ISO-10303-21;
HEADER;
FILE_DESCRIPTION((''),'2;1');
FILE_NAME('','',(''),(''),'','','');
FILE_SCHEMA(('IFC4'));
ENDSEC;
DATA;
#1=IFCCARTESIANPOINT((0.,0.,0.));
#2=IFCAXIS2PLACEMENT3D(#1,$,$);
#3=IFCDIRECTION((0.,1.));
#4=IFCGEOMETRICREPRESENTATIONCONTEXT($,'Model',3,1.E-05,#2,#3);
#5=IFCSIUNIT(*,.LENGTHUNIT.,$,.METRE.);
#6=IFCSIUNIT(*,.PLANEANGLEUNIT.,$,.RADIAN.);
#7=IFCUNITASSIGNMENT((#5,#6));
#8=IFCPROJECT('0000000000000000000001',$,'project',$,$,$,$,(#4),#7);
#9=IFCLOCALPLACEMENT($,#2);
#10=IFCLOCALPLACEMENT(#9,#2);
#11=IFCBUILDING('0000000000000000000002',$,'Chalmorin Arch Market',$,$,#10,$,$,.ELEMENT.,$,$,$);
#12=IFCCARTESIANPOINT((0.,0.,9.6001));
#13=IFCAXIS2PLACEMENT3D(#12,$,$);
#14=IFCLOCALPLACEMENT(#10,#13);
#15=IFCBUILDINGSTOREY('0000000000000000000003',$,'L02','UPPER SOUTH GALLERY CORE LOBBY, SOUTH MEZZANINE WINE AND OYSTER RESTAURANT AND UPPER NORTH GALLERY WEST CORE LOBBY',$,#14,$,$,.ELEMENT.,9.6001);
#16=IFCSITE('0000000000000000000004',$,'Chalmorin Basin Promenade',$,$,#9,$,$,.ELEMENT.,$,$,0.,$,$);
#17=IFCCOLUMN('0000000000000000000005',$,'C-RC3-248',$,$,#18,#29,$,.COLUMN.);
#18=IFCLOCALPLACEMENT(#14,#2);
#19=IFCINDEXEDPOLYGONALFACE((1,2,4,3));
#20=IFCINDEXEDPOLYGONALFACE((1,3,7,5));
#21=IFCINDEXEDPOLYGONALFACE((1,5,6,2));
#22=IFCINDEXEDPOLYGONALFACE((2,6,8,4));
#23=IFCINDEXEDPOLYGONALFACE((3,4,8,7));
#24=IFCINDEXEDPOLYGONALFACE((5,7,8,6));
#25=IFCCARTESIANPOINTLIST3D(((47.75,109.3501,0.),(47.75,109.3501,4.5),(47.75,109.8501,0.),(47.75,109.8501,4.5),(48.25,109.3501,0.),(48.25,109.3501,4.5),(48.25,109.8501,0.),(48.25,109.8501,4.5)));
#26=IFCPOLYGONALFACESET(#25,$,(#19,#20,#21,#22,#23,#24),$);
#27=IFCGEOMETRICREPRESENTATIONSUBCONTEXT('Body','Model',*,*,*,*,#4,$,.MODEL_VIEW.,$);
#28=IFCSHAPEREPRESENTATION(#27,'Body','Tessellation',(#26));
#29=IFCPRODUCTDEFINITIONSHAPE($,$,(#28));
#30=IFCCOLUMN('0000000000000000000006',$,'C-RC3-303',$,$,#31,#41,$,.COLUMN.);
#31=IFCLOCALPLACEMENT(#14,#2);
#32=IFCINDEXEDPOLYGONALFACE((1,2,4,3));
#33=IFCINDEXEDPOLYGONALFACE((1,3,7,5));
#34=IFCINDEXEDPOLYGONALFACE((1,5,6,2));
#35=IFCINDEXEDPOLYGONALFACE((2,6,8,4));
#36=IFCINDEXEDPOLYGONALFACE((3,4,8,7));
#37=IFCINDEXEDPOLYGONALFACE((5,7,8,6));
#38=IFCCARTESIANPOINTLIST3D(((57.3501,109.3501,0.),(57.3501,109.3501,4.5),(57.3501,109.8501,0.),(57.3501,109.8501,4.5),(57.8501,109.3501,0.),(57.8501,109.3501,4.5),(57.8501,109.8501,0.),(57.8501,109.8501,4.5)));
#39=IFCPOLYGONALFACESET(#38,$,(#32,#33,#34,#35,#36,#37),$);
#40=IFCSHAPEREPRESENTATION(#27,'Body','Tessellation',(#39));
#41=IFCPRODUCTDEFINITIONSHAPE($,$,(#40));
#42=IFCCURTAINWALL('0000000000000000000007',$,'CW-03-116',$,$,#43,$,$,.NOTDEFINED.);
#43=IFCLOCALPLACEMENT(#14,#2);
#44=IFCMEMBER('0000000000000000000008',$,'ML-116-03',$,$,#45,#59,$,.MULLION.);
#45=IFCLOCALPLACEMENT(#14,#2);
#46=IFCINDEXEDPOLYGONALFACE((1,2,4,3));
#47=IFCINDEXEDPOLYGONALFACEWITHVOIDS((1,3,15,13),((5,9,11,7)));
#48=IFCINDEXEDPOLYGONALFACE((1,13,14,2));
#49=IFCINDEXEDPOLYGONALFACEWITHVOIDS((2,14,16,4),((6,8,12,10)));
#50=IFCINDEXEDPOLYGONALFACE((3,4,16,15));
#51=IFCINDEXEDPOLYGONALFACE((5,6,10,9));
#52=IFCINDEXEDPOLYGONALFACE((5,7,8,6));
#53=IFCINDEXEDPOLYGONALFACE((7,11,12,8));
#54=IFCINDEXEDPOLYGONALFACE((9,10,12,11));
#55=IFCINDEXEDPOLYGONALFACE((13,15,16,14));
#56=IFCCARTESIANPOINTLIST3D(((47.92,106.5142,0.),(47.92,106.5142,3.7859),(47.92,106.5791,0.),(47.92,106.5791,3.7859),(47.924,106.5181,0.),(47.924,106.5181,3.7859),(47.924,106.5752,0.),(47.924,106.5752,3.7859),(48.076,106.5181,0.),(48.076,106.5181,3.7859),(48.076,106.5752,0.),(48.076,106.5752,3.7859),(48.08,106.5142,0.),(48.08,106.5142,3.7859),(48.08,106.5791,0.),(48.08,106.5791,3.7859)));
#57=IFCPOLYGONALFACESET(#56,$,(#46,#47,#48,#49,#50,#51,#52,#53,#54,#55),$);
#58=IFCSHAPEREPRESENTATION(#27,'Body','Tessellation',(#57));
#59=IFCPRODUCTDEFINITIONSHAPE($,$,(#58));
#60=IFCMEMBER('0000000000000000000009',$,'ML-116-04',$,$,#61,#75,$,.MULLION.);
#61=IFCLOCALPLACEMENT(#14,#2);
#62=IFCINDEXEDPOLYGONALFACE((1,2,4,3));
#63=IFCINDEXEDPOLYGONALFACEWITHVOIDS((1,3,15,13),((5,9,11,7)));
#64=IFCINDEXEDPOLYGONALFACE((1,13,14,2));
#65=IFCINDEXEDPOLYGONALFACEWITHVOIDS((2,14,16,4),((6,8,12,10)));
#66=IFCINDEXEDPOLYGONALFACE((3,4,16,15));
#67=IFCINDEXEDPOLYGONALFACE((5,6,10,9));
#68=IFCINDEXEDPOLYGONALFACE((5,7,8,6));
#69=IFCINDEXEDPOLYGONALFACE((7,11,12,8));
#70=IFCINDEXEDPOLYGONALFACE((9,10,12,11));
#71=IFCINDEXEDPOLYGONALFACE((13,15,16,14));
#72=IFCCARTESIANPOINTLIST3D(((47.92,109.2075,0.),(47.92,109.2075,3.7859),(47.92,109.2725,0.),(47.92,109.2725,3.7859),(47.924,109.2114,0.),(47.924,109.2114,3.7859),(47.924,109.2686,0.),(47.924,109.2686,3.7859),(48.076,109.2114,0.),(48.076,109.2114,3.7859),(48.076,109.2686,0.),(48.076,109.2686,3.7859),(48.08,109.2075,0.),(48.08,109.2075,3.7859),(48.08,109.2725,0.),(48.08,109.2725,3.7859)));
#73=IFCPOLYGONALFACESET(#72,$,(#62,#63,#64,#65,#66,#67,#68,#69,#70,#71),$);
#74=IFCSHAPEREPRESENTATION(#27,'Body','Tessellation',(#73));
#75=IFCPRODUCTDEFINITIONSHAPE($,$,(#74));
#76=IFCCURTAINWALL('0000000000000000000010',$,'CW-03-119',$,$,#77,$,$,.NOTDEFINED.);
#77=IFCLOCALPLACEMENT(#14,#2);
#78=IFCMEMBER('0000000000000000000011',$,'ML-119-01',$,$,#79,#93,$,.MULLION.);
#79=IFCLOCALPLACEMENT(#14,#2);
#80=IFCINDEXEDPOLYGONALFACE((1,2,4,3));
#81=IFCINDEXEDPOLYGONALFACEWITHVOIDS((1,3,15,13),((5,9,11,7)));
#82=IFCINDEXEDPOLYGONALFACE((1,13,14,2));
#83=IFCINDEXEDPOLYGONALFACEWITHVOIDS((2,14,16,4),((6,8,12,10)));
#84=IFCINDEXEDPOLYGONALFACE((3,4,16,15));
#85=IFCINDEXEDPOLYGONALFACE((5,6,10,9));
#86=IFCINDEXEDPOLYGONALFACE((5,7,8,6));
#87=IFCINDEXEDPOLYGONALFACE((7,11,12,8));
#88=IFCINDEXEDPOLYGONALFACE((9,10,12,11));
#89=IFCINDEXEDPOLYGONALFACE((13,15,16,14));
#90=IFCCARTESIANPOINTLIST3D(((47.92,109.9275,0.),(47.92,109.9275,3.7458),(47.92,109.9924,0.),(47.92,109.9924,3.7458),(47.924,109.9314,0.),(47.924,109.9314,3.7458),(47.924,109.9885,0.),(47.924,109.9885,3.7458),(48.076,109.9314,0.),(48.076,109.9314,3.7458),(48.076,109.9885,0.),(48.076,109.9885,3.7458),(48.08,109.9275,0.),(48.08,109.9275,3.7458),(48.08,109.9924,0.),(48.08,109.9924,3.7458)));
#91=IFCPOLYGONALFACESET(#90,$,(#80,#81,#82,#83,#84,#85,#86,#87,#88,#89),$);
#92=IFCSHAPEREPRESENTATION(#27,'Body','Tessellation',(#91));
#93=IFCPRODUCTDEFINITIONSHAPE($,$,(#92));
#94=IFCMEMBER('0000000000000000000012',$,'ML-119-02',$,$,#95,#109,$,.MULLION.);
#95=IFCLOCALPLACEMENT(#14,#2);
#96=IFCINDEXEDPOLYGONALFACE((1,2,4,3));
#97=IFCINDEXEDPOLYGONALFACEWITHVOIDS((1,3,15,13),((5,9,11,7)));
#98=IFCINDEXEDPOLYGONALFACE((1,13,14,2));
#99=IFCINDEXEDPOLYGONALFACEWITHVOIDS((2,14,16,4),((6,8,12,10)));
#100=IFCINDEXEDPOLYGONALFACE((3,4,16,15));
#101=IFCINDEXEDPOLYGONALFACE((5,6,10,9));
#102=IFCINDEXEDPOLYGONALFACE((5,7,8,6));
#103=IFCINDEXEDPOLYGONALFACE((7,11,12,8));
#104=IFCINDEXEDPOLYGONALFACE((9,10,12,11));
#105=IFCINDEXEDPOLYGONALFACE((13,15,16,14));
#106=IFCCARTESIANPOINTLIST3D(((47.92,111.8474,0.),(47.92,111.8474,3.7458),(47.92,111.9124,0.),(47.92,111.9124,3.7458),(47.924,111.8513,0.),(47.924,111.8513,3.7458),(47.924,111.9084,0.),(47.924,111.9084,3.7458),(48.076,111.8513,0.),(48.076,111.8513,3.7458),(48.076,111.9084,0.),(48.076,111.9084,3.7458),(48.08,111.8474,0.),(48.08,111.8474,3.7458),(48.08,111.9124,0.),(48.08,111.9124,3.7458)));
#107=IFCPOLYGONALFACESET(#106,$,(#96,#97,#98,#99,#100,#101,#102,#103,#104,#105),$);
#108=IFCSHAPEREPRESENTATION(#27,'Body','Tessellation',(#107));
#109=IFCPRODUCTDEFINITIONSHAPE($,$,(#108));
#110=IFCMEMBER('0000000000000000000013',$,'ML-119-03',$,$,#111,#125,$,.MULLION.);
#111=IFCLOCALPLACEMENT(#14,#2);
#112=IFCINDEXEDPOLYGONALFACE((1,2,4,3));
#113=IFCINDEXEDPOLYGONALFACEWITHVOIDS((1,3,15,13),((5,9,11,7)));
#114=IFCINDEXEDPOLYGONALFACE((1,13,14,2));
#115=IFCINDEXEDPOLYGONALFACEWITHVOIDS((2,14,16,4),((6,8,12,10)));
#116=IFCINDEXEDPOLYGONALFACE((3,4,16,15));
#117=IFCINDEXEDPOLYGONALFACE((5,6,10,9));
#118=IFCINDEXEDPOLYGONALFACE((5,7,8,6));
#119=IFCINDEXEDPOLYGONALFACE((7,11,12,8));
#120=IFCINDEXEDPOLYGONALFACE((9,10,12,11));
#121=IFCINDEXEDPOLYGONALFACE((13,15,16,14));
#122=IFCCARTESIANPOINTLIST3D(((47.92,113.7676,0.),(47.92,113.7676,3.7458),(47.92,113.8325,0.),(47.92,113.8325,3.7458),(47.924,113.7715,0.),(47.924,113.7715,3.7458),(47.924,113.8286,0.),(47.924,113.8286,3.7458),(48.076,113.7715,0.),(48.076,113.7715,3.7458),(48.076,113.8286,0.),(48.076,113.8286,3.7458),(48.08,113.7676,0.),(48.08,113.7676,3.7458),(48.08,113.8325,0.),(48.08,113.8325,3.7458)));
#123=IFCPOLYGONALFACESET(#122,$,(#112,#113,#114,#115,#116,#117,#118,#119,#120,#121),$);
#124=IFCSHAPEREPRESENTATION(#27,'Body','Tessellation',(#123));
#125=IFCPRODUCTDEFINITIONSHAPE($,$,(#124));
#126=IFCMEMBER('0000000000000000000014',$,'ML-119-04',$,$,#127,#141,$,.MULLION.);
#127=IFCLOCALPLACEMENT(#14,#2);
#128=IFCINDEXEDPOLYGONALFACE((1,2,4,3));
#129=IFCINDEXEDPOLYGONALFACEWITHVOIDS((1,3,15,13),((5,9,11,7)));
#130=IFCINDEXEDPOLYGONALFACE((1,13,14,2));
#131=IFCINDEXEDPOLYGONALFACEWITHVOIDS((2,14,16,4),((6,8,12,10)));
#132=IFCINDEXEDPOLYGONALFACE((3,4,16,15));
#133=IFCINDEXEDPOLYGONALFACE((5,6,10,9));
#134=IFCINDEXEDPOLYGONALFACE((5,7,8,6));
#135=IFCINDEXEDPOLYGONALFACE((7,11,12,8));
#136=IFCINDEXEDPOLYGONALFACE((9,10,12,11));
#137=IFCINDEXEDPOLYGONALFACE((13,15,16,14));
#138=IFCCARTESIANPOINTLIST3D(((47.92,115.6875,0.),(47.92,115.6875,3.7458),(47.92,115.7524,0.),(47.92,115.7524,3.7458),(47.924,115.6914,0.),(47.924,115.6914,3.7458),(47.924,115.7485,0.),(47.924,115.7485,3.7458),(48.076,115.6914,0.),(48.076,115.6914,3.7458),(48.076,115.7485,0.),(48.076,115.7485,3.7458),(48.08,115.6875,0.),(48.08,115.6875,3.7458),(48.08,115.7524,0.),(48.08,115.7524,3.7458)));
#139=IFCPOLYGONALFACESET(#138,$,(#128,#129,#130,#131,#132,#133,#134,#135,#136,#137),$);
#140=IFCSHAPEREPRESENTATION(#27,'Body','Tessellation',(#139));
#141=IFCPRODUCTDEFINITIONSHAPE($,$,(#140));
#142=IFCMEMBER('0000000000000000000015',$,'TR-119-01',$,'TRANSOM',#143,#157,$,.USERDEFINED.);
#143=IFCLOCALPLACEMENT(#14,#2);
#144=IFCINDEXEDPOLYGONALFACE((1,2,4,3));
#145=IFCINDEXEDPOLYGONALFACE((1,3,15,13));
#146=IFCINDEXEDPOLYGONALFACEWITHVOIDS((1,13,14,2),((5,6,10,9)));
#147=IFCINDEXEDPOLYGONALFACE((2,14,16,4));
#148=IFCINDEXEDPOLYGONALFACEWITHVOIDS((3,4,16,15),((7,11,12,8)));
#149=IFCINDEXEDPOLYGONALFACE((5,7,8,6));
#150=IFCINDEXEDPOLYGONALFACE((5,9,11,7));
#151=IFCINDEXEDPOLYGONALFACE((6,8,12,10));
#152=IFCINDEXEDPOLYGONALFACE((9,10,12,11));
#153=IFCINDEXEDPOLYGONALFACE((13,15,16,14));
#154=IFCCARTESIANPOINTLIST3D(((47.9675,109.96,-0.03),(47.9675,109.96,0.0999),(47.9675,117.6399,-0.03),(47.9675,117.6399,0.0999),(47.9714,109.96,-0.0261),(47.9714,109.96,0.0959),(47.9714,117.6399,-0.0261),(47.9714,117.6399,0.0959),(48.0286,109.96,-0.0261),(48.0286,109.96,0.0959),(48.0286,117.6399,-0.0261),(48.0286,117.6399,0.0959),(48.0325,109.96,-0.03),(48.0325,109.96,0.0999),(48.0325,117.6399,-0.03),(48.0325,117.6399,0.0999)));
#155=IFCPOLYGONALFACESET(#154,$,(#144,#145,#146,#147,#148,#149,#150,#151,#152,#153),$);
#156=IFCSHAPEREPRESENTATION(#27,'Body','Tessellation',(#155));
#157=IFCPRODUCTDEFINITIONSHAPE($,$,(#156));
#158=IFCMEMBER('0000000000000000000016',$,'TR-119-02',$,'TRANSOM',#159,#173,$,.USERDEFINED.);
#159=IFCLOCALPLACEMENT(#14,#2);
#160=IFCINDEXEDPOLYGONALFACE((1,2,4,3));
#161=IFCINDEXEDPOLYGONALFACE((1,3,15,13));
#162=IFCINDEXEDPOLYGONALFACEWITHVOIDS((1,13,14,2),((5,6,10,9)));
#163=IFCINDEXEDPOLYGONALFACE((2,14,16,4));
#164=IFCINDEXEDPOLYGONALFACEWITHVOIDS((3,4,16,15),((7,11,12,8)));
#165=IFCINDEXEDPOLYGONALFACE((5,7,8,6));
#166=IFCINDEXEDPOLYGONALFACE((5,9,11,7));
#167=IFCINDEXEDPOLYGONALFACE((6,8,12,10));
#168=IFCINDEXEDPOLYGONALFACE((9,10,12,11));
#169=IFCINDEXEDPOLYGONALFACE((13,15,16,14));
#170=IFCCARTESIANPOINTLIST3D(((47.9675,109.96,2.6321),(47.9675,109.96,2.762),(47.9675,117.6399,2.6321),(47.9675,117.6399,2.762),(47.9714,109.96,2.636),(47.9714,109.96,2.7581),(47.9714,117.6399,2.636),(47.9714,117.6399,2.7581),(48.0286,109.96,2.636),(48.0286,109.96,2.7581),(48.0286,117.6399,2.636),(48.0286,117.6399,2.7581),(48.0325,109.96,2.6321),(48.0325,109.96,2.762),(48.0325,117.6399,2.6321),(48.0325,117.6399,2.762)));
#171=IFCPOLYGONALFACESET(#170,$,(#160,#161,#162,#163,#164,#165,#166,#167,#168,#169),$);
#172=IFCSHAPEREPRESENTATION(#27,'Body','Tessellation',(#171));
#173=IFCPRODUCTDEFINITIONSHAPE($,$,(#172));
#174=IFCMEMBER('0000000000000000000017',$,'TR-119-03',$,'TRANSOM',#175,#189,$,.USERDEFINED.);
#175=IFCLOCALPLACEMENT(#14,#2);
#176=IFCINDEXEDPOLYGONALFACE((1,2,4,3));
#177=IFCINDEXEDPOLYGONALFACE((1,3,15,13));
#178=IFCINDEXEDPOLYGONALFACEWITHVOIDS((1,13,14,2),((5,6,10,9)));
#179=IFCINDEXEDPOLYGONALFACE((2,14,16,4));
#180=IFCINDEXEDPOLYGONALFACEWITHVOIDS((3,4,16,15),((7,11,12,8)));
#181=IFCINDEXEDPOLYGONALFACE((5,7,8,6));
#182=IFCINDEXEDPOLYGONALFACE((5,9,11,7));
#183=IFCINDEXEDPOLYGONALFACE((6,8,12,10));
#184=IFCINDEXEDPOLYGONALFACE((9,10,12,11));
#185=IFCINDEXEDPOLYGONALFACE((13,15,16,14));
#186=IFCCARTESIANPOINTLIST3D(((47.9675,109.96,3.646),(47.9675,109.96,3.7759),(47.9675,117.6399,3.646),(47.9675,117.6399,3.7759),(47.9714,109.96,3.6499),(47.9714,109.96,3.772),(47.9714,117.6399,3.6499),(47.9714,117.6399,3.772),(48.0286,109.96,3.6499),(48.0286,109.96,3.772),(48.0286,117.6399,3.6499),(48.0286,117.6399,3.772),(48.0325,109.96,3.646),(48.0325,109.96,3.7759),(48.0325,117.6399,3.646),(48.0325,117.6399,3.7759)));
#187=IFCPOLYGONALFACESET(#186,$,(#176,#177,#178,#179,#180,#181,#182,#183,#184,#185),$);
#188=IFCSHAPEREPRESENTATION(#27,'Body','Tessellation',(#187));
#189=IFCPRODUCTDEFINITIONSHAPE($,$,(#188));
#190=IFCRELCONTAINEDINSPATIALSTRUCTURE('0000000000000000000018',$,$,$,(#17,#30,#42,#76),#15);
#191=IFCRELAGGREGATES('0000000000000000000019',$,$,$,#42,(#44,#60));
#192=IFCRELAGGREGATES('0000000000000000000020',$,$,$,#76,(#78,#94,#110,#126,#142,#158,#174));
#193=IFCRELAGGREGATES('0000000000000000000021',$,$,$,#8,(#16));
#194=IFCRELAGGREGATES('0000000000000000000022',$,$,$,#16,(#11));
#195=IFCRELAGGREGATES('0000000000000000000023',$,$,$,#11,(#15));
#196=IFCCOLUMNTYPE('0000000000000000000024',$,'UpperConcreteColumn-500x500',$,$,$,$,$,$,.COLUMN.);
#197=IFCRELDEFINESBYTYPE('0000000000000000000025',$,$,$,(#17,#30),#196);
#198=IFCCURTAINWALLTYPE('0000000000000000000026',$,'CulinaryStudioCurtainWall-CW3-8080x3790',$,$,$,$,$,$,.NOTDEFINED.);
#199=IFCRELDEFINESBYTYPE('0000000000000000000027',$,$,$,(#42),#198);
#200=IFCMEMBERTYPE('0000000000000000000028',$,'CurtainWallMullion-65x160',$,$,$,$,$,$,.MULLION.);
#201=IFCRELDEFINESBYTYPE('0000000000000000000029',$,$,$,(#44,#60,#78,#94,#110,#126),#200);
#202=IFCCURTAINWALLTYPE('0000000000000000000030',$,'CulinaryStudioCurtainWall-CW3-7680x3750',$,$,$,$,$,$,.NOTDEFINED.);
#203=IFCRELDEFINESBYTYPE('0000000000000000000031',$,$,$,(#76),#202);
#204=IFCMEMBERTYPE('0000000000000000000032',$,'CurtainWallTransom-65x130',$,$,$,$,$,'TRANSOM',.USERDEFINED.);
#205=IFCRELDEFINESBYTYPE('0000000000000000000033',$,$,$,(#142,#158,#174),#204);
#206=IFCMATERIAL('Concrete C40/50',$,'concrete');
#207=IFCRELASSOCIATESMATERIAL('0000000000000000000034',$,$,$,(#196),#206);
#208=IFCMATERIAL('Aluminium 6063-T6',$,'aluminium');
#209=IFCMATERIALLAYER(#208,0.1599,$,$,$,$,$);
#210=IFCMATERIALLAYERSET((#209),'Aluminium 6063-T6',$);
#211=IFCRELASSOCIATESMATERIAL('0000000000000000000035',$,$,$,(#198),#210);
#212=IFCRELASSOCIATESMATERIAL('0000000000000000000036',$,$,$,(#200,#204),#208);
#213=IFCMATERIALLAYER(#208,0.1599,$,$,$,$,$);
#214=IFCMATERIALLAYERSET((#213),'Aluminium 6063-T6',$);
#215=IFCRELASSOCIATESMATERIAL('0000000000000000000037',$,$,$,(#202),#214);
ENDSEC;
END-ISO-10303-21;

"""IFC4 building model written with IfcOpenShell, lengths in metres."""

from ifc_helpers import new_model, si_unit, direction, frame, origin, origin_2d, place, context, subcontext, project, spatial, rectangle, hollow_rectangle, extrude, material, layer, layer_set, material_profile, profile_set, type_object, element, aggregate, save


model = new_model("IFC4")

# Units and contexts
model_context = context("Model", 3, precision=1e-05, world=origin(), true_north=direction((0.0, 1.0)))
body_context = subcontext(model_context, "Body", "Model", "MODEL_VIEW")
ifc_project = project(units=[si_unit("LENGTHUNIT", "METRE"), si_unit("PLANEANGLEUNIT", "RADIAN")], contexts=[model_context])

# Site, building, storey
site_placement = place(None, origin())
site = spatial("IfcSite", under=ifc_project, at=site_placement, Name="Chalmorin Basin Promenade", CompositionType="ELEMENT", RefElevation=0.0)
building_placement = place(site_placement, origin())
building = spatial("IfcBuilding", under=site, at=building_placement, Name="Chalmorin Arch Market", CompositionType="ELEMENT")
storey_placement = place(building_placement, frame((0.0, 0.0, 9.6001)))
storey = spatial("IfcBuildingStorey", under=building, at=storey_placement, Name="L02", Description="UPPER SOUTH GALLERY CORE LOBBY, SOUTH MEZZANINE WINE AND OYSTER RESTAURANT AND UPPER NORTH GALLERY WEST CORE LOBBY", CompositionType="ELEMENT", Elevation=9.6001)

# Columns
ifc_material_1 = material(Name="Concrete C40/50", Category="concrete")
ifc_material_profile_1 = material_profile(ifc_material_1, rectangle(XDim=0.5, YDim=0.5, at=origin_2d()), Name="RC500X500")
ifc_profile_set_1 = profile_set([ifc_material_profile_1], Name="Concrete C40/50")
column_type = type_object("IfcColumnType", Name="UpperConcreteColumn-500x500", PredefinedType="COLUMN", material=ifc_profile_set_1)
for number, where, z_axis, x_axis, name in (
    (1, (48.0, 109.6001, 0.0), (0.0, 0.0, 1.0), (1.0, 0.0, 0.0), "C-RC3-248"),
    (2, (57.6001, 109.6001, 0.0), (0.0, 0.0, 1.0), (1.0, 0.0, 0.0), "C-RC3-303"),
):
    element("IfcColumn", number, at=place(storey_placement, frame(where, z_axis=z_axis, x_axis=x_axis)), inside=storey, type_object=column_type, Name=name, PredefinedType="COLUMN", context=body_context, shape_type="SweptSolid", body=[
        extrude(rectangle(XDim=0.5, YDim=0.5, at=origin_2d()), origin(), (0.0, 0.0, 1.0), 4.5),
    ])

# Curtain walls, members
ifc_material_2 = material(Name="Aluminium 6063-T6", Category="aluminium")
ifc_layer_1 = layer(ifc_material_2, 0.1599)
ifc_layer_set_1 = layer_set([ifc_layer_1], Name="Aluminium 6063-T6")
curtain_wall_type_1 = type_object("IfcCurtainWallType", Name="CulinaryStudioCurtainWall-CW3-8080x3790", PredefinedType="NOTDEFINED", material=ifc_layer_set_1)
curtain_wall_1_placement = place(storey_placement, origin())
curtain_wall_1 = element("IfcCurtainWall", 3, at=curtain_wall_1_placement, inside=storey, type_object=curtain_wall_type_1, Name="CW-03-116", PredefinedType="NOTDEFINED")
ifc_material_profile_2 = material_profile(ifc_material_2, hollow_rectangle(XDim=0.0649, YDim=0.1599, WallThickness=0.0039, at=origin_2d()), Name="ALU65X160X4")
ifc_profile_set_2 = profile_set([ifc_material_profile_2], Name="Aluminium 6063-T6")
member_type_1 = type_object("IfcMemberType", Name="CurtainWallMullion-65x160", PredefinedType="MULLION", material=ifc_profile_set_2)
member_1_placement = place(storey_placement, frame((48.0, 106.5466, 0.0), z_axis=(0.0, 0.0, 1.0), x_axis=(0.0, 1.0, 0.0)))
member_1 = element("IfcMember", 4, at=member_1_placement, type_object=member_type_1, Name="ML-116-03", PredefinedType="MULLION", context=body_context, shape_type="SweptSolid", body=[
    extrude(hollow_rectangle(XDim=0.0649, YDim=0.1599, WallThickness=0.0039, at=origin_2d()), origin(), (0.0, 0.0, 1.0), 3.7859),
])
member_2_placement = place(storey_placement, frame((48.0, 109.24, 0.0), z_axis=(0.0, 0.0, 1.0), x_axis=(0.0, 1.0, 0.0)))
member_2 = element("IfcMember", 5, at=member_2_placement, type_object=member_type_1, Name="ML-116-04", PredefinedType="MULLION", context=body_context, shape_type="SweptSolid", body=[
    extrude(hollow_rectangle(XDim=0.0649, YDim=0.1599, WallThickness=0.0039, at=origin_2d()), origin(), (0.0, 0.0, 1.0), 3.7859),
])
ifc_layer_2 = layer(ifc_material_2, 0.1599)
ifc_layer_set_2 = layer_set([ifc_layer_2], Name="Aluminium 6063-T6")
curtain_wall_type_2 = type_object("IfcCurtainWallType", Name="CulinaryStudioCurtainWall-CW3-7680x3750", PredefinedType="NOTDEFINED", material=ifc_layer_set_2)
curtain_wall_2_placement = place(storey_placement, origin())
curtain_wall_2 = element("IfcCurtainWall", 6, at=curtain_wall_2_placement, inside=storey, type_object=curtain_wall_type_2, Name="CW-03-119", PredefinedType="NOTDEFINED")
member_3_placement = place(storey_placement, frame((48.0, 109.96, 0.0), z_axis=(0.0, 0.0, 1.0), x_axis=(0.0, 1.0, 0.0)))
member_3 = element("IfcMember", 7, at=member_3_placement, type_object=member_type_1, Name="ML-119-01", PredefinedType="MULLION", context=body_context, shape_type="SweptSolid", body=[
    extrude(hollow_rectangle(XDim=0.0649, YDim=0.1599, WallThickness=0.0039, at=origin_2d()), origin(), (0.0, 0.0, 1.0), 3.7458),
])
member_4_placement = place(storey_placement, frame((48.0, 111.8799, 0.0), z_axis=(0.0, 0.0, 1.0), x_axis=(0.0, 1.0, 0.0)))
member_4 = element("IfcMember", 8, at=member_4_placement, type_object=member_type_1, Name="ML-119-02", PredefinedType="MULLION", context=body_context, shape_type="SweptSolid", body=[
    extrude(hollow_rectangle(XDim=0.0649, YDim=0.1599, WallThickness=0.0039, at=origin_2d()), origin(), (0.0, 0.0, 1.0), 3.7458),
])
member_5_placement = place(storey_placement, frame((48.0, 113.8, 0.0), z_axis=(0.0, 0.0, 1.0), x_axis=(0.0, 1.0, 0.0)))
member_5 = element("IfcMember", 9, at=member_5_placement, type_object=member_type_1, Name="ML-119-03", PredefinedType="MULLION", context=body_context, shape_type="SweptSolid", body=[
    extrude(hollow_rectangle(XDim=0.0649, YDim=0.1599, WallThickness=0.0039, at=origin_2d()), origin(), (0.0, 0.0, 1.0), 3.7458),
])
member_6_placement = place(storey_placement, frame((48.0, 115.72, 0.0), z_axis=(0.0, 0.0, 1.0), x_axis=(0.0, 1.0, 0.0)))
member_6 = element("IfcMember", 10, at=member_6_placement, type_object=member_type_1, Name="ML-119-04", PredefinedType="MULLION", context=body_context, shape_type="SweptSolid", body=[
    extrude(hollow_rectangle(XDim=0.0649, YDim=0.1599, WallThickness=0.0039, at=origin_2d()), origin(), (0.0, 0.0, 1.0), 3.7458),
])
ifc_material_profile_3 = material_profile(ifc_material_2, hollow_rectangle(XDim=0.0649, YDim=0.1299, WallThickness=0.0039, at=origin_2d()), Name="ALU65X130X4")
ifc_profile_set_3 = profile_set([ifc_material_profile_3], Name="Aluminium 6063-T6")
member_type_2 = type_object("IfcMemberType", Name="CurtainWallTransom-65x130", ElementType="TRANSOM", PredefinedType="USERDEFINED", material=ifc_profile_set_3)
member_7_placement = place(storey_placement, frame((48.0, 109.96, 0.0349), z_axis=(0.0, 1.0, 0.0), x_axis=(-1.0, 0.0, 0.0)))
member_7 = element("IfcMember", 11, at=member_7_placement, type_object=member_type_2, Name="TR-119-01", ObjectType="TRANSOM", PredefinedType="USERDEFINED", context=body_context, shape_type="SweptSolid", body=[
    extrude(hollow_rectangle(XDim=0.0649, YDim=0.1299, WallThickness=0.0039, at=origin_2d()), origin(), (0.0, 0.0, 1.0), 7.6799),
])
member_8_placement = place(storey_placement, frame((48.0, 109.96, 2.697), z_axis=(0.0, 1.0, 0.0), x_axis=(-1.0, 0.0, 0.0)))
member_8 = element("IfcMember", 12, at=member_8_placement, type_object=member_type_2, Name="TR-119-02", ObjectType="TRANSOM", PredefinedType="USERDEFINED", context=body_context, shape_type="SweptSolid", body=[
    extrude(hollow_rectangle(XDim=0.0649, YDim=0.1299, WallThickness=0.0039, at=origin_2d()), origin(), (0.0, 0.0, 1.0), 7.6799),
])
member_9_placement = place(storey_placement, frame((48.0, 109.96, 3.7109), z_axis=(0.0, 1.0, 0.0), x_axis=(-1.0, 0.0, 0.0)))
member_9 = element("IfcMember", 13, at=member_9_placement, type_object=member_type_2, Name="TR-119-03", ObjectType="TRANSOM", PredefinedType="USERDEFINED", context=body_context, shape_type="SweptSolid", body=[
    extrude(hollow_rectangle(XDim=0.0649, YDim=0.1299, WallThickness=0.0039, at=origin_2d()), origin(), (0.0, 0.0, 1.0), 7.6799),
])

aggregate(curtain_wall_1, [member_1, member_2])
aggregate(curtain_wall_2, [member_3, member_4, member_5, member_6, member_7, member_8, member_9])

save(model, "model.ifc")
